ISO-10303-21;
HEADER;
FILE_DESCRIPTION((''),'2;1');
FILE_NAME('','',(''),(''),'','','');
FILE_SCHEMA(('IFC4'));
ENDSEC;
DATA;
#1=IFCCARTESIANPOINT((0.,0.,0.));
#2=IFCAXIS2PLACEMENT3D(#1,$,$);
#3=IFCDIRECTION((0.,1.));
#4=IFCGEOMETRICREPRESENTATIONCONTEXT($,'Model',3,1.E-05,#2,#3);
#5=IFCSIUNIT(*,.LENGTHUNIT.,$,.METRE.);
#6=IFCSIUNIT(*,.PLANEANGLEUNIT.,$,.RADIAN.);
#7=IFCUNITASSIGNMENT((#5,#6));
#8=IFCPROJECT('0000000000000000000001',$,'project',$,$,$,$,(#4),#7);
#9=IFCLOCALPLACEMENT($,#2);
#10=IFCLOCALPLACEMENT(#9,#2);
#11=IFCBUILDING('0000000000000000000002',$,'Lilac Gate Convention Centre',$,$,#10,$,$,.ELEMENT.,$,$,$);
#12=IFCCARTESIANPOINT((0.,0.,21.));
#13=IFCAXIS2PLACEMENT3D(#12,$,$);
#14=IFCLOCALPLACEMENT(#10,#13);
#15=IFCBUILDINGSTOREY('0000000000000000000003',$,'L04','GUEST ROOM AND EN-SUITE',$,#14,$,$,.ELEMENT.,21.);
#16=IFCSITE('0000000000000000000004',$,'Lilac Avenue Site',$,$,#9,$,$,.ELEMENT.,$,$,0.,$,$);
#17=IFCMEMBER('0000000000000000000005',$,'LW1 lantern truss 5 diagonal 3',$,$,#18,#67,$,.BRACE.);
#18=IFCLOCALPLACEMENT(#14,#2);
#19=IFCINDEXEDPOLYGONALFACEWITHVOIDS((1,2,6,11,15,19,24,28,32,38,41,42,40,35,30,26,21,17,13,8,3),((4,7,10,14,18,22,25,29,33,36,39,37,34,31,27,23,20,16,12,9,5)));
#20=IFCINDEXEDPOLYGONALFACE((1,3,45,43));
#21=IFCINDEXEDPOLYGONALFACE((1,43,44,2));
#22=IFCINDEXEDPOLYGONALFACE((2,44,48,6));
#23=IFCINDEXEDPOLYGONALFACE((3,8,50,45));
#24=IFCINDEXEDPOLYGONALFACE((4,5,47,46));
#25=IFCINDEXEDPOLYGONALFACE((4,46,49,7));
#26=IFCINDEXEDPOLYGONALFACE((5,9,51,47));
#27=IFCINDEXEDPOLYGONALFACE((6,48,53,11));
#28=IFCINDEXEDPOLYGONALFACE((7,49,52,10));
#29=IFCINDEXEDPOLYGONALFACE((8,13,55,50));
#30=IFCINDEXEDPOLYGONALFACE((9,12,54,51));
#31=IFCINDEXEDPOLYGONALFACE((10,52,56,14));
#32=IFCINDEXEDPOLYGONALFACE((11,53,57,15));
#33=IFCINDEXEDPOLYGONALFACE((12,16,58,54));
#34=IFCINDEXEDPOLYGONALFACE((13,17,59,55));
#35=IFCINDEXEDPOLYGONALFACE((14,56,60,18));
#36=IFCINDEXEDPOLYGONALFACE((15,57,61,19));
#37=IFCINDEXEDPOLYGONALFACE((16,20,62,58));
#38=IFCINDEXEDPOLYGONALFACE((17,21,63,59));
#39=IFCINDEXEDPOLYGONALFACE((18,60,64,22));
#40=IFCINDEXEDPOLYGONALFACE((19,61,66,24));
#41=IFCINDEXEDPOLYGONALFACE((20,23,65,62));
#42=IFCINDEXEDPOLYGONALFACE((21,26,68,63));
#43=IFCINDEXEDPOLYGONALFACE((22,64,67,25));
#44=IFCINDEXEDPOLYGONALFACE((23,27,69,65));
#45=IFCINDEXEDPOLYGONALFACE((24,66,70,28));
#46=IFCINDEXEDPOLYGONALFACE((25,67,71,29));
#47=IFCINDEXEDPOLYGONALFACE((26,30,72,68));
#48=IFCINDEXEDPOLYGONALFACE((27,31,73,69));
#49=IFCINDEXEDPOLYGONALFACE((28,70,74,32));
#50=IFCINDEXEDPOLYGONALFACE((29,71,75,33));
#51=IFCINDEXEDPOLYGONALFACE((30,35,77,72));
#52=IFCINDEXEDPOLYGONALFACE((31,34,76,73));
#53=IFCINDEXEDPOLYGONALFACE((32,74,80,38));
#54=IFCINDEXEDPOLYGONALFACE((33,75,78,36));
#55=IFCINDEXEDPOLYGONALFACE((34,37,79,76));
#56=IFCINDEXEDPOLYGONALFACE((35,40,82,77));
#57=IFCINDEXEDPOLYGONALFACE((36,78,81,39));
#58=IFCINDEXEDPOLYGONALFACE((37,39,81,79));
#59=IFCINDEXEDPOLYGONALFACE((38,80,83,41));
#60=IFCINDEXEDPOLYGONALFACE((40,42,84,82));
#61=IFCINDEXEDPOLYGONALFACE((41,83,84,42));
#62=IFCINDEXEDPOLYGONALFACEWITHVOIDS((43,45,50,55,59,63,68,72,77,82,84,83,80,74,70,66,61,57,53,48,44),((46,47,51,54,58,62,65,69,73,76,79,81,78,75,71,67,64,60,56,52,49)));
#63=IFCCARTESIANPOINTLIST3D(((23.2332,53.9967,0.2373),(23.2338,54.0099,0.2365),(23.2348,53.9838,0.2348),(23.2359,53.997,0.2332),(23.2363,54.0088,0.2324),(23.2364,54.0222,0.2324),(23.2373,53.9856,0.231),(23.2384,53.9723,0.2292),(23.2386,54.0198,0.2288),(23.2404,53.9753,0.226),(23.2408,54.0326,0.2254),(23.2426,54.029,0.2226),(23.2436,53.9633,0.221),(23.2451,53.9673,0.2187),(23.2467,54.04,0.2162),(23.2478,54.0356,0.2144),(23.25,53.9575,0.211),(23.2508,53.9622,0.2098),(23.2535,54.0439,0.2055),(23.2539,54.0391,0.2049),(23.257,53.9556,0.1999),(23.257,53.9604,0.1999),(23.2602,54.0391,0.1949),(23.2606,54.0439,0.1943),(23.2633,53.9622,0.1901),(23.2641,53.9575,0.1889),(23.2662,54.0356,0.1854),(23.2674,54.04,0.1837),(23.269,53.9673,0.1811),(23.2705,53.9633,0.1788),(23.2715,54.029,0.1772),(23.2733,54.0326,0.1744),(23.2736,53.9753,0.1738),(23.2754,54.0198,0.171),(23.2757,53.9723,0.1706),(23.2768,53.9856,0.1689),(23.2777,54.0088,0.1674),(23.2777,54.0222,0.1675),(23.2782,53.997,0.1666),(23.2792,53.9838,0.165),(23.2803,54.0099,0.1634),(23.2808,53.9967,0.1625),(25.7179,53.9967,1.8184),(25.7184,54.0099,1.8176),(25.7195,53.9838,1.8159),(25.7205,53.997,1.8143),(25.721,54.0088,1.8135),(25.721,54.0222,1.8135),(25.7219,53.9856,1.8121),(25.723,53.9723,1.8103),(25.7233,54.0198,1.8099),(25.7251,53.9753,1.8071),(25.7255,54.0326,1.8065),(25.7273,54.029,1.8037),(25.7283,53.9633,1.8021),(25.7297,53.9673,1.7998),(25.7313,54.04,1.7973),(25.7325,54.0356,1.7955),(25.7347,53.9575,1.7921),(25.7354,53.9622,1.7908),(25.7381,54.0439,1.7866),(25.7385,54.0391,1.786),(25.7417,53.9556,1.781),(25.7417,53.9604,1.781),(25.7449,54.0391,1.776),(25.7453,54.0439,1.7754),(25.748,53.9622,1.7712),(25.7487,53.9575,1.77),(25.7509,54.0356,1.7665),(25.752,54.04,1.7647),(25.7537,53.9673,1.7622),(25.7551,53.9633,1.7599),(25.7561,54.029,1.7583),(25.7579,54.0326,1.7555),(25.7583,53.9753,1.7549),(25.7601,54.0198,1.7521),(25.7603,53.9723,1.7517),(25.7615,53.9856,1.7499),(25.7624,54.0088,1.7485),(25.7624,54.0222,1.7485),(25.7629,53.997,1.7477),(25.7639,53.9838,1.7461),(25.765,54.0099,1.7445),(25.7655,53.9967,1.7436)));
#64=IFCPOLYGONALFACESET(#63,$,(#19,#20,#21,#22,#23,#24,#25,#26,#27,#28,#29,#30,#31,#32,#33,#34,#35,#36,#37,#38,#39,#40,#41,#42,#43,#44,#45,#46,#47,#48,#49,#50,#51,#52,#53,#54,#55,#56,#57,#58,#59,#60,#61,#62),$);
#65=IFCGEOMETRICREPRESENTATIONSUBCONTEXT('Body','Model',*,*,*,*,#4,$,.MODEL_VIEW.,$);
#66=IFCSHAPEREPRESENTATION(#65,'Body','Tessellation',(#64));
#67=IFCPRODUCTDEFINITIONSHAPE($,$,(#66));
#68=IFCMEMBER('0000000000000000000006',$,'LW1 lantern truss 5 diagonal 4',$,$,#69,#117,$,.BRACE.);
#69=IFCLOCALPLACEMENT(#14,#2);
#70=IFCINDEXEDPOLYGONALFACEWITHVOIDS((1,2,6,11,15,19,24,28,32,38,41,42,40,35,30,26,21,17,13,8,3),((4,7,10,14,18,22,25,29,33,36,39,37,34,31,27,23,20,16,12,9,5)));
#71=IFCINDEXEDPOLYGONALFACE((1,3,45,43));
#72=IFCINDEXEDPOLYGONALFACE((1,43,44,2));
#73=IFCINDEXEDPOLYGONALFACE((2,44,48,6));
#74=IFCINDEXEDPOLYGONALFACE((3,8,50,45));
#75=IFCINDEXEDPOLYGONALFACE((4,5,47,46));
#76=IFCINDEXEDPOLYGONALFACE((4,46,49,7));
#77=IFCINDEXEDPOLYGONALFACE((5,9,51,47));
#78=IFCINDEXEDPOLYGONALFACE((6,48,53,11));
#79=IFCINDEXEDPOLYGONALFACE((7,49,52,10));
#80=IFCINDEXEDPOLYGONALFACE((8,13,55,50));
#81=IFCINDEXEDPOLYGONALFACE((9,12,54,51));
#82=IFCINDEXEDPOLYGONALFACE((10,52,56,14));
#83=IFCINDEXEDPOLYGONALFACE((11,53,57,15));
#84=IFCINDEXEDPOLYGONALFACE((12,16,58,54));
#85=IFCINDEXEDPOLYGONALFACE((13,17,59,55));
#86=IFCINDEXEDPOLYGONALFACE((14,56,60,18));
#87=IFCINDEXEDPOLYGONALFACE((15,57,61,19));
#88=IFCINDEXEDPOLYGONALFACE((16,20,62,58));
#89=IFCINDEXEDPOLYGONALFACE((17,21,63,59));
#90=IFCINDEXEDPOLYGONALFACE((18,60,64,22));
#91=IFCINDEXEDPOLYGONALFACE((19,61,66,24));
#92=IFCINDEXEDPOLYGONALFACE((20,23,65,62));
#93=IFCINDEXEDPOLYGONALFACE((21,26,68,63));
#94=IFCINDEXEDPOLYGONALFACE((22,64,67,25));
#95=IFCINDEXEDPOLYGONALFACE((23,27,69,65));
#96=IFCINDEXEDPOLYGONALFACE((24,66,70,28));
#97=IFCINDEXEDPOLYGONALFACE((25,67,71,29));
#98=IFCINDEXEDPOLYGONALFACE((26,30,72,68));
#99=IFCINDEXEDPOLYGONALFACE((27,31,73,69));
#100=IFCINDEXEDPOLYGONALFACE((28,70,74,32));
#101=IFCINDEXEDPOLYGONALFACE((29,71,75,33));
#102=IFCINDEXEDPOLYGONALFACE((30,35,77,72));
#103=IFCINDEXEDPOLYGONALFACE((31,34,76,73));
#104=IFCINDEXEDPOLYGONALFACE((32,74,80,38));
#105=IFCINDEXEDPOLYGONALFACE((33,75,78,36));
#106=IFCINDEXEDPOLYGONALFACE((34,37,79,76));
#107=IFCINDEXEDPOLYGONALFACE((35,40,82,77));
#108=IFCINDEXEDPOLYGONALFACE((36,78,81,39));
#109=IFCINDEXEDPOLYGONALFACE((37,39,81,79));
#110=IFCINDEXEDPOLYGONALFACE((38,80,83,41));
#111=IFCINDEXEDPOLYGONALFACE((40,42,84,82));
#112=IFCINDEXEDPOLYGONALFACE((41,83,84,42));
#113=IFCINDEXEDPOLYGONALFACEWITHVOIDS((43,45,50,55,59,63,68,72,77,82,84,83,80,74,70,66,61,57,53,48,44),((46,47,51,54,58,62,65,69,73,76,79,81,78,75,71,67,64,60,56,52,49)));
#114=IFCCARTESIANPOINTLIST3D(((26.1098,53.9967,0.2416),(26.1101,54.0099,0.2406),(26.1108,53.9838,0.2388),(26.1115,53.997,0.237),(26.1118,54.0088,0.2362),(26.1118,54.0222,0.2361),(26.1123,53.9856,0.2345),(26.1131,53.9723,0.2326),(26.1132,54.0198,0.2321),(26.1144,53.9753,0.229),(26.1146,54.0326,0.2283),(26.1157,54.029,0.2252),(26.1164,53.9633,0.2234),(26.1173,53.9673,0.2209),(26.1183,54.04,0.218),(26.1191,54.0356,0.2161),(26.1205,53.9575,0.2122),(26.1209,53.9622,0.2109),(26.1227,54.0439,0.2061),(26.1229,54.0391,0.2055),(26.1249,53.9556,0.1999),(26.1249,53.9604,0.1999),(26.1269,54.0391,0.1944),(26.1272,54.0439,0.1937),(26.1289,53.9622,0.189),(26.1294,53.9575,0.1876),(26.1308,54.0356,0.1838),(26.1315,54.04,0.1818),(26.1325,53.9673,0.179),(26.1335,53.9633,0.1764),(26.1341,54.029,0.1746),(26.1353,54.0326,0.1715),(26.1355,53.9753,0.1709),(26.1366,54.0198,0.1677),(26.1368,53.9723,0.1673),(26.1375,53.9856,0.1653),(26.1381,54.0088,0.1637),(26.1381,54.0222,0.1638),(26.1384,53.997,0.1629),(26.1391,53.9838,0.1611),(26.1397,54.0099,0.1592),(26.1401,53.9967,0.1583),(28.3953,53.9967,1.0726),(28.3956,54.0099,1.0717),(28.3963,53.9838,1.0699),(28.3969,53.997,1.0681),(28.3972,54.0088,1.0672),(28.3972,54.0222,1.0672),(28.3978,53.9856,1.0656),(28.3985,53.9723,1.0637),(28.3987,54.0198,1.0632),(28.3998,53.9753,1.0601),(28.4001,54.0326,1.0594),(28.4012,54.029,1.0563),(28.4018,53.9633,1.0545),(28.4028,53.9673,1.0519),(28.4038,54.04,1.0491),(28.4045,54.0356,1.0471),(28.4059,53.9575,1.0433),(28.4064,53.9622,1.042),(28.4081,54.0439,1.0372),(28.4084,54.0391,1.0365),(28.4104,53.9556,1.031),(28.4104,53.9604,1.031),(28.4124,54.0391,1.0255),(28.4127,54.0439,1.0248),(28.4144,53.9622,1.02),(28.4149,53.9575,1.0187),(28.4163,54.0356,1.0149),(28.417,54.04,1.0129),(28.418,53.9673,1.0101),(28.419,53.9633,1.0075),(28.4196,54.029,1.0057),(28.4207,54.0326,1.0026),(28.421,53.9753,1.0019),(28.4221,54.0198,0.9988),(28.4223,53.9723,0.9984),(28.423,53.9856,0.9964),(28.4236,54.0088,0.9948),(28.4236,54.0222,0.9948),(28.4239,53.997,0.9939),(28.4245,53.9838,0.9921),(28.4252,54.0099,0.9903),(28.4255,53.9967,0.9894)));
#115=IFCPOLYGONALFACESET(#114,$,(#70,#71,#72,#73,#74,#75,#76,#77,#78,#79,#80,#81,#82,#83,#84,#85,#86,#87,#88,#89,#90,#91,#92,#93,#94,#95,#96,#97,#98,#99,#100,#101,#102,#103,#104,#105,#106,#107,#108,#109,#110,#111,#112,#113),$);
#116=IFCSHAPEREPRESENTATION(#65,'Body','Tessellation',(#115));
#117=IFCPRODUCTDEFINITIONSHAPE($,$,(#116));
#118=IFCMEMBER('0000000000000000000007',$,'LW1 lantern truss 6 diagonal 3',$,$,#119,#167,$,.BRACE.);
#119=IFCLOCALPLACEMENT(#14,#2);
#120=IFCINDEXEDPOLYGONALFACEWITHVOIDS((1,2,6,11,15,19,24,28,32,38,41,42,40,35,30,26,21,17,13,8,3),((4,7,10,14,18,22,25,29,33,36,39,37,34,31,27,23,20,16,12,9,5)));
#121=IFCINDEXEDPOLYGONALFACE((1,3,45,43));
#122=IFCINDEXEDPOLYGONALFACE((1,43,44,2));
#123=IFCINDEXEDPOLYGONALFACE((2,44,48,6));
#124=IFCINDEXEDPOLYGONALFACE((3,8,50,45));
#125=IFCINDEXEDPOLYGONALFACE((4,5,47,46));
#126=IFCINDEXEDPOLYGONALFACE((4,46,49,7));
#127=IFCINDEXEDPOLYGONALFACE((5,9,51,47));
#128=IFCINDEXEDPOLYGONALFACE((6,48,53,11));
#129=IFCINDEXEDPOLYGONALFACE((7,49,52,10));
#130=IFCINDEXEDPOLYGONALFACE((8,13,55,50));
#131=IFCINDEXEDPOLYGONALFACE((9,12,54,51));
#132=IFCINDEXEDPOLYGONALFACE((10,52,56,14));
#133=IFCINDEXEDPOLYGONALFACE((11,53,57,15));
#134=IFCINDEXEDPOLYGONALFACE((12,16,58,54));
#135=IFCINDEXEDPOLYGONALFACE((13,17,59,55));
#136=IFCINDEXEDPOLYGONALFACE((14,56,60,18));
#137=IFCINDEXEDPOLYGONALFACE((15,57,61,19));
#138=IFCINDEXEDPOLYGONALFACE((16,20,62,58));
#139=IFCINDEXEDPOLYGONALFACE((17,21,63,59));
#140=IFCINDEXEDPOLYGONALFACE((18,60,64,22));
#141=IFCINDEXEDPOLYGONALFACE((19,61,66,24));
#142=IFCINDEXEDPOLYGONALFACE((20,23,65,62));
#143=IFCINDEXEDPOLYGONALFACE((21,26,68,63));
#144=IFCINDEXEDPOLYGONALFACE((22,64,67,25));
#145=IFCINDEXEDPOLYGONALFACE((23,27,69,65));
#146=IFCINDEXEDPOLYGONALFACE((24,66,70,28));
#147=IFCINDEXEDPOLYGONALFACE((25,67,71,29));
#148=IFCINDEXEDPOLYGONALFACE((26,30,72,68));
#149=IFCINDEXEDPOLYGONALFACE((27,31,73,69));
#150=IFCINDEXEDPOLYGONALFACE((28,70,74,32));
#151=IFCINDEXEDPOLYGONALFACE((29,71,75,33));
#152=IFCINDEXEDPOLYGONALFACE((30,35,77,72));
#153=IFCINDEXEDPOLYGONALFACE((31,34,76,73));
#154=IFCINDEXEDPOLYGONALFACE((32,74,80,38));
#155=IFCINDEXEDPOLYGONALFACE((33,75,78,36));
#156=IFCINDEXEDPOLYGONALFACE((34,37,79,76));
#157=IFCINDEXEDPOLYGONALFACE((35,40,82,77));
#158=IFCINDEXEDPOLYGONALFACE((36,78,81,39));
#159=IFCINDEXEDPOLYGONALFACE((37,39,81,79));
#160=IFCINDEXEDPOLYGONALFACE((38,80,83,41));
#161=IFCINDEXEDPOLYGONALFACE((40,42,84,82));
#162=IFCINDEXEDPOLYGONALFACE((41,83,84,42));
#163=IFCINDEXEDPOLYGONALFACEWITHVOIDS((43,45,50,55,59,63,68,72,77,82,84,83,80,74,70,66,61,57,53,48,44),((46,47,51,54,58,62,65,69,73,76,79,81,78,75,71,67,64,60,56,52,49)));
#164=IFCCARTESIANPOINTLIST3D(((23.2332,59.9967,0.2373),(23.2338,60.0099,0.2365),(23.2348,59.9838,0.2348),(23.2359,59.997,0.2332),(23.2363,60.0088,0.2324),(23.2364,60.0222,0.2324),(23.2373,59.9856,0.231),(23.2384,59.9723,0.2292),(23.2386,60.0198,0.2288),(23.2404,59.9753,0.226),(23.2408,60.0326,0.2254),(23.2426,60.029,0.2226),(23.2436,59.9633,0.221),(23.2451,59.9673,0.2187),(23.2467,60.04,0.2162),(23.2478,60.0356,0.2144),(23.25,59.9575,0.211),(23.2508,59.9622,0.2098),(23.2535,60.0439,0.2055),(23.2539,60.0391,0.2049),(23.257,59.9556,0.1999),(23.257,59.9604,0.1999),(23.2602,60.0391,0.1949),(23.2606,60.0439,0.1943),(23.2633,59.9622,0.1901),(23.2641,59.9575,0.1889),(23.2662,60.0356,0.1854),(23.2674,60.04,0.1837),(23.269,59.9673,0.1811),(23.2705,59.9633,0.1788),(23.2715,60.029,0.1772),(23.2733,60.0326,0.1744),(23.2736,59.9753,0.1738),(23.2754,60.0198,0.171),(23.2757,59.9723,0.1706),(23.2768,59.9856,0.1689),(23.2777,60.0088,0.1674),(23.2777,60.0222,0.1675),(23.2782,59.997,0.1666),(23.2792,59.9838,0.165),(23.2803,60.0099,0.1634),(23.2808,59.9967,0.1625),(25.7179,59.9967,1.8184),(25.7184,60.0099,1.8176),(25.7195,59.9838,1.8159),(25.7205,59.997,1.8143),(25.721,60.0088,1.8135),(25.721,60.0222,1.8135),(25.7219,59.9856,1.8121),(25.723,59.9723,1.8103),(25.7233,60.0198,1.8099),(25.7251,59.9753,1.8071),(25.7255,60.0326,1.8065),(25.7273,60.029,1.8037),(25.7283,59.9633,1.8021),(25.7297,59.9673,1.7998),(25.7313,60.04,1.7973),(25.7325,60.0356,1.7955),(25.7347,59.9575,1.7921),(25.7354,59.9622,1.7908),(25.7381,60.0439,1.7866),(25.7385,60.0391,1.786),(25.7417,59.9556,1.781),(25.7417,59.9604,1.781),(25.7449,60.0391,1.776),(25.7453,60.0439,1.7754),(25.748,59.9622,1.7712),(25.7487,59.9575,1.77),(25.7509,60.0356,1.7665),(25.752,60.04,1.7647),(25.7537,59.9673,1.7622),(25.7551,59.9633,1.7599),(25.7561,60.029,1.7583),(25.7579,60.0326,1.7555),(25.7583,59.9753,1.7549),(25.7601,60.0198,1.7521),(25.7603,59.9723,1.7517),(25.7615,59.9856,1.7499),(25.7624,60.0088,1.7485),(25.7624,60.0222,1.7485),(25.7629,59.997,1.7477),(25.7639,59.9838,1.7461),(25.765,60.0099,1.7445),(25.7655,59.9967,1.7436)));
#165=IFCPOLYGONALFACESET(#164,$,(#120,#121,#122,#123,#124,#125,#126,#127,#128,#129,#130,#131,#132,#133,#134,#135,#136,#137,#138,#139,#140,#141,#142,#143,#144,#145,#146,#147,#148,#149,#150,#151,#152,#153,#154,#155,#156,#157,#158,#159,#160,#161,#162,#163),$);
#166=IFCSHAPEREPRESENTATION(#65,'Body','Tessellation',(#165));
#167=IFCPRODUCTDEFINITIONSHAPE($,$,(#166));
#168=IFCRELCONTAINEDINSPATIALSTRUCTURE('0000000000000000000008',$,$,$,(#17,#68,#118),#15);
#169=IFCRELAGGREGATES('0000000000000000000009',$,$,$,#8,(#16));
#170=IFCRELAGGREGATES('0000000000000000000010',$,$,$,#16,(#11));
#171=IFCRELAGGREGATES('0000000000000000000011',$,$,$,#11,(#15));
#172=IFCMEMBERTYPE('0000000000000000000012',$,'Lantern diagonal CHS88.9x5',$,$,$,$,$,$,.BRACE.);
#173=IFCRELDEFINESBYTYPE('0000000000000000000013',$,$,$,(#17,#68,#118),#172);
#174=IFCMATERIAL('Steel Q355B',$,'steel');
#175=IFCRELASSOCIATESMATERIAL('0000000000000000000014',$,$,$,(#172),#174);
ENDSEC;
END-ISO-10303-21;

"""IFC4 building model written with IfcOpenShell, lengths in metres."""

from ifc_helpers import new_model, si_unit, direction, frame, origin, origin_2d, place, context, subcontext, project, spatial, hollow_circle, extrude, material, material_profile, profile_set, type_object, element, save


model = new_model("IFC4")

# Units and contexts
model_context = context("Model", 3, precision=1e-05, world=origin(), true_north=direction((0.0, 1.0)))
body_context = subcontext(model_context, "Body", "Model", "MODEL_VIEW")
ifc_project = project(units=[si_unit("LENGTHUNIT", "METRE"), si_unit("PLANEANGLEUNIT", "RADIAN")], contexts=[model_context])

# Site, building, storey
site_placement = place(None, origin())
site = spatial("IfcSite", under=ifc_project, at=site_placement, Name="Lilac Avenue Site", CompositionType="ELEMENT", RefElevation=0.0)
building_placement = place(site_placement, origin())
building = spatial("IfcBuilding", under=site, at=building_placement, Name="Lilac Gate Convention Centre", CompositionType="ELEMENT")
storey_placement = place(building_placement, frame((0.0, 0.0, 21.0)))
storey = spatial("IfcBuildingStorey", under=building, at=storey_placement, Name="L04", Description="GUEST ROOM AND EN-SUITE", CompositionType="ELEMENT", Elevation=21.0)

# Members
ifc_material_1 = material(Name="Steel Q355B", Category="steel")
ifc_material_profile_1 = material_profile(ifc_material_1, hollow_circle(Radius=0.0444, WallThickness=0.0049, at=origin_2d()), Name="CHS88.9x5")
ifc_profile_set_1 = profile_set([ifc_material_profile_1], Name="Steel Q355B")
member_type_1 = type_object("IfcMemberType", Name="Lantern diagonal CHS88.9x5", PredefinedType="BRACE", material=ifc_profile_set_1)
member_1_placement = place(storey_placement, frame((25.7417, 54.0, 1.781), z_axis=(-0.843672, 0.0, -0.536859), x_axis=(0.0, -1.0, 0.0)))
element("IfcMember", 1, at=member_1_placement, inside=storey, type_object=member_type_1, Name="LW1 lantern truss 5 diagonal 3", PredefinedType="BRACE", context=body_context, shape_type="SweptSolid", body=[
    extrude(hollow_circle(Radius=0.0444, WallThickness=0.0049, at=origin_2d()), origin(), (0.0, 0.0, 1.0), 2.9451),
])
member_2_placement = place(storey_placement, frame((28.4104, 54.0, 1.031), z_axis=(-0.939793, 0.0, -0.341743), x_axis=(0.0, -1.0, 0.0)))
element("IfcMember", 2, at=member_2_placement, inside=storey, type_object=member_type_1, Name="LW1 lantern truss 5 diagonal 4", PredefinedType="BRACE", context=body_context, shape_type="SweptSolid", body=[
    extrude(hollow_circle(Radius=0.0444, WallThickness=0.0049, at=origin_2d()), origin(), (0.0, 0.0, 1.0), 2.4319),
])
member_3_placement = place(storey_placement, frame((25.7417, 60.0, 1.781), z_axis=(-0.843672, 0.0, -0.536859), x_axis=(0.0, -1.0, 0.0)))
element("IfcMember", 3, at=member_3_placement, inside=storey, type_object=member_type_1, Name="LW1 lantern truss 6 diagonal 3", PredefinedType="BRACE", context=body_context, shape_type="SweptSolid", body=[
    extrude(hollow_circle(Radius=0.0444, WallThickness=0.0049, at=origin_2d()), origin(), (0.0, 0.0, 1.0), 2.9451),
])

save(model, "model.ifc")
